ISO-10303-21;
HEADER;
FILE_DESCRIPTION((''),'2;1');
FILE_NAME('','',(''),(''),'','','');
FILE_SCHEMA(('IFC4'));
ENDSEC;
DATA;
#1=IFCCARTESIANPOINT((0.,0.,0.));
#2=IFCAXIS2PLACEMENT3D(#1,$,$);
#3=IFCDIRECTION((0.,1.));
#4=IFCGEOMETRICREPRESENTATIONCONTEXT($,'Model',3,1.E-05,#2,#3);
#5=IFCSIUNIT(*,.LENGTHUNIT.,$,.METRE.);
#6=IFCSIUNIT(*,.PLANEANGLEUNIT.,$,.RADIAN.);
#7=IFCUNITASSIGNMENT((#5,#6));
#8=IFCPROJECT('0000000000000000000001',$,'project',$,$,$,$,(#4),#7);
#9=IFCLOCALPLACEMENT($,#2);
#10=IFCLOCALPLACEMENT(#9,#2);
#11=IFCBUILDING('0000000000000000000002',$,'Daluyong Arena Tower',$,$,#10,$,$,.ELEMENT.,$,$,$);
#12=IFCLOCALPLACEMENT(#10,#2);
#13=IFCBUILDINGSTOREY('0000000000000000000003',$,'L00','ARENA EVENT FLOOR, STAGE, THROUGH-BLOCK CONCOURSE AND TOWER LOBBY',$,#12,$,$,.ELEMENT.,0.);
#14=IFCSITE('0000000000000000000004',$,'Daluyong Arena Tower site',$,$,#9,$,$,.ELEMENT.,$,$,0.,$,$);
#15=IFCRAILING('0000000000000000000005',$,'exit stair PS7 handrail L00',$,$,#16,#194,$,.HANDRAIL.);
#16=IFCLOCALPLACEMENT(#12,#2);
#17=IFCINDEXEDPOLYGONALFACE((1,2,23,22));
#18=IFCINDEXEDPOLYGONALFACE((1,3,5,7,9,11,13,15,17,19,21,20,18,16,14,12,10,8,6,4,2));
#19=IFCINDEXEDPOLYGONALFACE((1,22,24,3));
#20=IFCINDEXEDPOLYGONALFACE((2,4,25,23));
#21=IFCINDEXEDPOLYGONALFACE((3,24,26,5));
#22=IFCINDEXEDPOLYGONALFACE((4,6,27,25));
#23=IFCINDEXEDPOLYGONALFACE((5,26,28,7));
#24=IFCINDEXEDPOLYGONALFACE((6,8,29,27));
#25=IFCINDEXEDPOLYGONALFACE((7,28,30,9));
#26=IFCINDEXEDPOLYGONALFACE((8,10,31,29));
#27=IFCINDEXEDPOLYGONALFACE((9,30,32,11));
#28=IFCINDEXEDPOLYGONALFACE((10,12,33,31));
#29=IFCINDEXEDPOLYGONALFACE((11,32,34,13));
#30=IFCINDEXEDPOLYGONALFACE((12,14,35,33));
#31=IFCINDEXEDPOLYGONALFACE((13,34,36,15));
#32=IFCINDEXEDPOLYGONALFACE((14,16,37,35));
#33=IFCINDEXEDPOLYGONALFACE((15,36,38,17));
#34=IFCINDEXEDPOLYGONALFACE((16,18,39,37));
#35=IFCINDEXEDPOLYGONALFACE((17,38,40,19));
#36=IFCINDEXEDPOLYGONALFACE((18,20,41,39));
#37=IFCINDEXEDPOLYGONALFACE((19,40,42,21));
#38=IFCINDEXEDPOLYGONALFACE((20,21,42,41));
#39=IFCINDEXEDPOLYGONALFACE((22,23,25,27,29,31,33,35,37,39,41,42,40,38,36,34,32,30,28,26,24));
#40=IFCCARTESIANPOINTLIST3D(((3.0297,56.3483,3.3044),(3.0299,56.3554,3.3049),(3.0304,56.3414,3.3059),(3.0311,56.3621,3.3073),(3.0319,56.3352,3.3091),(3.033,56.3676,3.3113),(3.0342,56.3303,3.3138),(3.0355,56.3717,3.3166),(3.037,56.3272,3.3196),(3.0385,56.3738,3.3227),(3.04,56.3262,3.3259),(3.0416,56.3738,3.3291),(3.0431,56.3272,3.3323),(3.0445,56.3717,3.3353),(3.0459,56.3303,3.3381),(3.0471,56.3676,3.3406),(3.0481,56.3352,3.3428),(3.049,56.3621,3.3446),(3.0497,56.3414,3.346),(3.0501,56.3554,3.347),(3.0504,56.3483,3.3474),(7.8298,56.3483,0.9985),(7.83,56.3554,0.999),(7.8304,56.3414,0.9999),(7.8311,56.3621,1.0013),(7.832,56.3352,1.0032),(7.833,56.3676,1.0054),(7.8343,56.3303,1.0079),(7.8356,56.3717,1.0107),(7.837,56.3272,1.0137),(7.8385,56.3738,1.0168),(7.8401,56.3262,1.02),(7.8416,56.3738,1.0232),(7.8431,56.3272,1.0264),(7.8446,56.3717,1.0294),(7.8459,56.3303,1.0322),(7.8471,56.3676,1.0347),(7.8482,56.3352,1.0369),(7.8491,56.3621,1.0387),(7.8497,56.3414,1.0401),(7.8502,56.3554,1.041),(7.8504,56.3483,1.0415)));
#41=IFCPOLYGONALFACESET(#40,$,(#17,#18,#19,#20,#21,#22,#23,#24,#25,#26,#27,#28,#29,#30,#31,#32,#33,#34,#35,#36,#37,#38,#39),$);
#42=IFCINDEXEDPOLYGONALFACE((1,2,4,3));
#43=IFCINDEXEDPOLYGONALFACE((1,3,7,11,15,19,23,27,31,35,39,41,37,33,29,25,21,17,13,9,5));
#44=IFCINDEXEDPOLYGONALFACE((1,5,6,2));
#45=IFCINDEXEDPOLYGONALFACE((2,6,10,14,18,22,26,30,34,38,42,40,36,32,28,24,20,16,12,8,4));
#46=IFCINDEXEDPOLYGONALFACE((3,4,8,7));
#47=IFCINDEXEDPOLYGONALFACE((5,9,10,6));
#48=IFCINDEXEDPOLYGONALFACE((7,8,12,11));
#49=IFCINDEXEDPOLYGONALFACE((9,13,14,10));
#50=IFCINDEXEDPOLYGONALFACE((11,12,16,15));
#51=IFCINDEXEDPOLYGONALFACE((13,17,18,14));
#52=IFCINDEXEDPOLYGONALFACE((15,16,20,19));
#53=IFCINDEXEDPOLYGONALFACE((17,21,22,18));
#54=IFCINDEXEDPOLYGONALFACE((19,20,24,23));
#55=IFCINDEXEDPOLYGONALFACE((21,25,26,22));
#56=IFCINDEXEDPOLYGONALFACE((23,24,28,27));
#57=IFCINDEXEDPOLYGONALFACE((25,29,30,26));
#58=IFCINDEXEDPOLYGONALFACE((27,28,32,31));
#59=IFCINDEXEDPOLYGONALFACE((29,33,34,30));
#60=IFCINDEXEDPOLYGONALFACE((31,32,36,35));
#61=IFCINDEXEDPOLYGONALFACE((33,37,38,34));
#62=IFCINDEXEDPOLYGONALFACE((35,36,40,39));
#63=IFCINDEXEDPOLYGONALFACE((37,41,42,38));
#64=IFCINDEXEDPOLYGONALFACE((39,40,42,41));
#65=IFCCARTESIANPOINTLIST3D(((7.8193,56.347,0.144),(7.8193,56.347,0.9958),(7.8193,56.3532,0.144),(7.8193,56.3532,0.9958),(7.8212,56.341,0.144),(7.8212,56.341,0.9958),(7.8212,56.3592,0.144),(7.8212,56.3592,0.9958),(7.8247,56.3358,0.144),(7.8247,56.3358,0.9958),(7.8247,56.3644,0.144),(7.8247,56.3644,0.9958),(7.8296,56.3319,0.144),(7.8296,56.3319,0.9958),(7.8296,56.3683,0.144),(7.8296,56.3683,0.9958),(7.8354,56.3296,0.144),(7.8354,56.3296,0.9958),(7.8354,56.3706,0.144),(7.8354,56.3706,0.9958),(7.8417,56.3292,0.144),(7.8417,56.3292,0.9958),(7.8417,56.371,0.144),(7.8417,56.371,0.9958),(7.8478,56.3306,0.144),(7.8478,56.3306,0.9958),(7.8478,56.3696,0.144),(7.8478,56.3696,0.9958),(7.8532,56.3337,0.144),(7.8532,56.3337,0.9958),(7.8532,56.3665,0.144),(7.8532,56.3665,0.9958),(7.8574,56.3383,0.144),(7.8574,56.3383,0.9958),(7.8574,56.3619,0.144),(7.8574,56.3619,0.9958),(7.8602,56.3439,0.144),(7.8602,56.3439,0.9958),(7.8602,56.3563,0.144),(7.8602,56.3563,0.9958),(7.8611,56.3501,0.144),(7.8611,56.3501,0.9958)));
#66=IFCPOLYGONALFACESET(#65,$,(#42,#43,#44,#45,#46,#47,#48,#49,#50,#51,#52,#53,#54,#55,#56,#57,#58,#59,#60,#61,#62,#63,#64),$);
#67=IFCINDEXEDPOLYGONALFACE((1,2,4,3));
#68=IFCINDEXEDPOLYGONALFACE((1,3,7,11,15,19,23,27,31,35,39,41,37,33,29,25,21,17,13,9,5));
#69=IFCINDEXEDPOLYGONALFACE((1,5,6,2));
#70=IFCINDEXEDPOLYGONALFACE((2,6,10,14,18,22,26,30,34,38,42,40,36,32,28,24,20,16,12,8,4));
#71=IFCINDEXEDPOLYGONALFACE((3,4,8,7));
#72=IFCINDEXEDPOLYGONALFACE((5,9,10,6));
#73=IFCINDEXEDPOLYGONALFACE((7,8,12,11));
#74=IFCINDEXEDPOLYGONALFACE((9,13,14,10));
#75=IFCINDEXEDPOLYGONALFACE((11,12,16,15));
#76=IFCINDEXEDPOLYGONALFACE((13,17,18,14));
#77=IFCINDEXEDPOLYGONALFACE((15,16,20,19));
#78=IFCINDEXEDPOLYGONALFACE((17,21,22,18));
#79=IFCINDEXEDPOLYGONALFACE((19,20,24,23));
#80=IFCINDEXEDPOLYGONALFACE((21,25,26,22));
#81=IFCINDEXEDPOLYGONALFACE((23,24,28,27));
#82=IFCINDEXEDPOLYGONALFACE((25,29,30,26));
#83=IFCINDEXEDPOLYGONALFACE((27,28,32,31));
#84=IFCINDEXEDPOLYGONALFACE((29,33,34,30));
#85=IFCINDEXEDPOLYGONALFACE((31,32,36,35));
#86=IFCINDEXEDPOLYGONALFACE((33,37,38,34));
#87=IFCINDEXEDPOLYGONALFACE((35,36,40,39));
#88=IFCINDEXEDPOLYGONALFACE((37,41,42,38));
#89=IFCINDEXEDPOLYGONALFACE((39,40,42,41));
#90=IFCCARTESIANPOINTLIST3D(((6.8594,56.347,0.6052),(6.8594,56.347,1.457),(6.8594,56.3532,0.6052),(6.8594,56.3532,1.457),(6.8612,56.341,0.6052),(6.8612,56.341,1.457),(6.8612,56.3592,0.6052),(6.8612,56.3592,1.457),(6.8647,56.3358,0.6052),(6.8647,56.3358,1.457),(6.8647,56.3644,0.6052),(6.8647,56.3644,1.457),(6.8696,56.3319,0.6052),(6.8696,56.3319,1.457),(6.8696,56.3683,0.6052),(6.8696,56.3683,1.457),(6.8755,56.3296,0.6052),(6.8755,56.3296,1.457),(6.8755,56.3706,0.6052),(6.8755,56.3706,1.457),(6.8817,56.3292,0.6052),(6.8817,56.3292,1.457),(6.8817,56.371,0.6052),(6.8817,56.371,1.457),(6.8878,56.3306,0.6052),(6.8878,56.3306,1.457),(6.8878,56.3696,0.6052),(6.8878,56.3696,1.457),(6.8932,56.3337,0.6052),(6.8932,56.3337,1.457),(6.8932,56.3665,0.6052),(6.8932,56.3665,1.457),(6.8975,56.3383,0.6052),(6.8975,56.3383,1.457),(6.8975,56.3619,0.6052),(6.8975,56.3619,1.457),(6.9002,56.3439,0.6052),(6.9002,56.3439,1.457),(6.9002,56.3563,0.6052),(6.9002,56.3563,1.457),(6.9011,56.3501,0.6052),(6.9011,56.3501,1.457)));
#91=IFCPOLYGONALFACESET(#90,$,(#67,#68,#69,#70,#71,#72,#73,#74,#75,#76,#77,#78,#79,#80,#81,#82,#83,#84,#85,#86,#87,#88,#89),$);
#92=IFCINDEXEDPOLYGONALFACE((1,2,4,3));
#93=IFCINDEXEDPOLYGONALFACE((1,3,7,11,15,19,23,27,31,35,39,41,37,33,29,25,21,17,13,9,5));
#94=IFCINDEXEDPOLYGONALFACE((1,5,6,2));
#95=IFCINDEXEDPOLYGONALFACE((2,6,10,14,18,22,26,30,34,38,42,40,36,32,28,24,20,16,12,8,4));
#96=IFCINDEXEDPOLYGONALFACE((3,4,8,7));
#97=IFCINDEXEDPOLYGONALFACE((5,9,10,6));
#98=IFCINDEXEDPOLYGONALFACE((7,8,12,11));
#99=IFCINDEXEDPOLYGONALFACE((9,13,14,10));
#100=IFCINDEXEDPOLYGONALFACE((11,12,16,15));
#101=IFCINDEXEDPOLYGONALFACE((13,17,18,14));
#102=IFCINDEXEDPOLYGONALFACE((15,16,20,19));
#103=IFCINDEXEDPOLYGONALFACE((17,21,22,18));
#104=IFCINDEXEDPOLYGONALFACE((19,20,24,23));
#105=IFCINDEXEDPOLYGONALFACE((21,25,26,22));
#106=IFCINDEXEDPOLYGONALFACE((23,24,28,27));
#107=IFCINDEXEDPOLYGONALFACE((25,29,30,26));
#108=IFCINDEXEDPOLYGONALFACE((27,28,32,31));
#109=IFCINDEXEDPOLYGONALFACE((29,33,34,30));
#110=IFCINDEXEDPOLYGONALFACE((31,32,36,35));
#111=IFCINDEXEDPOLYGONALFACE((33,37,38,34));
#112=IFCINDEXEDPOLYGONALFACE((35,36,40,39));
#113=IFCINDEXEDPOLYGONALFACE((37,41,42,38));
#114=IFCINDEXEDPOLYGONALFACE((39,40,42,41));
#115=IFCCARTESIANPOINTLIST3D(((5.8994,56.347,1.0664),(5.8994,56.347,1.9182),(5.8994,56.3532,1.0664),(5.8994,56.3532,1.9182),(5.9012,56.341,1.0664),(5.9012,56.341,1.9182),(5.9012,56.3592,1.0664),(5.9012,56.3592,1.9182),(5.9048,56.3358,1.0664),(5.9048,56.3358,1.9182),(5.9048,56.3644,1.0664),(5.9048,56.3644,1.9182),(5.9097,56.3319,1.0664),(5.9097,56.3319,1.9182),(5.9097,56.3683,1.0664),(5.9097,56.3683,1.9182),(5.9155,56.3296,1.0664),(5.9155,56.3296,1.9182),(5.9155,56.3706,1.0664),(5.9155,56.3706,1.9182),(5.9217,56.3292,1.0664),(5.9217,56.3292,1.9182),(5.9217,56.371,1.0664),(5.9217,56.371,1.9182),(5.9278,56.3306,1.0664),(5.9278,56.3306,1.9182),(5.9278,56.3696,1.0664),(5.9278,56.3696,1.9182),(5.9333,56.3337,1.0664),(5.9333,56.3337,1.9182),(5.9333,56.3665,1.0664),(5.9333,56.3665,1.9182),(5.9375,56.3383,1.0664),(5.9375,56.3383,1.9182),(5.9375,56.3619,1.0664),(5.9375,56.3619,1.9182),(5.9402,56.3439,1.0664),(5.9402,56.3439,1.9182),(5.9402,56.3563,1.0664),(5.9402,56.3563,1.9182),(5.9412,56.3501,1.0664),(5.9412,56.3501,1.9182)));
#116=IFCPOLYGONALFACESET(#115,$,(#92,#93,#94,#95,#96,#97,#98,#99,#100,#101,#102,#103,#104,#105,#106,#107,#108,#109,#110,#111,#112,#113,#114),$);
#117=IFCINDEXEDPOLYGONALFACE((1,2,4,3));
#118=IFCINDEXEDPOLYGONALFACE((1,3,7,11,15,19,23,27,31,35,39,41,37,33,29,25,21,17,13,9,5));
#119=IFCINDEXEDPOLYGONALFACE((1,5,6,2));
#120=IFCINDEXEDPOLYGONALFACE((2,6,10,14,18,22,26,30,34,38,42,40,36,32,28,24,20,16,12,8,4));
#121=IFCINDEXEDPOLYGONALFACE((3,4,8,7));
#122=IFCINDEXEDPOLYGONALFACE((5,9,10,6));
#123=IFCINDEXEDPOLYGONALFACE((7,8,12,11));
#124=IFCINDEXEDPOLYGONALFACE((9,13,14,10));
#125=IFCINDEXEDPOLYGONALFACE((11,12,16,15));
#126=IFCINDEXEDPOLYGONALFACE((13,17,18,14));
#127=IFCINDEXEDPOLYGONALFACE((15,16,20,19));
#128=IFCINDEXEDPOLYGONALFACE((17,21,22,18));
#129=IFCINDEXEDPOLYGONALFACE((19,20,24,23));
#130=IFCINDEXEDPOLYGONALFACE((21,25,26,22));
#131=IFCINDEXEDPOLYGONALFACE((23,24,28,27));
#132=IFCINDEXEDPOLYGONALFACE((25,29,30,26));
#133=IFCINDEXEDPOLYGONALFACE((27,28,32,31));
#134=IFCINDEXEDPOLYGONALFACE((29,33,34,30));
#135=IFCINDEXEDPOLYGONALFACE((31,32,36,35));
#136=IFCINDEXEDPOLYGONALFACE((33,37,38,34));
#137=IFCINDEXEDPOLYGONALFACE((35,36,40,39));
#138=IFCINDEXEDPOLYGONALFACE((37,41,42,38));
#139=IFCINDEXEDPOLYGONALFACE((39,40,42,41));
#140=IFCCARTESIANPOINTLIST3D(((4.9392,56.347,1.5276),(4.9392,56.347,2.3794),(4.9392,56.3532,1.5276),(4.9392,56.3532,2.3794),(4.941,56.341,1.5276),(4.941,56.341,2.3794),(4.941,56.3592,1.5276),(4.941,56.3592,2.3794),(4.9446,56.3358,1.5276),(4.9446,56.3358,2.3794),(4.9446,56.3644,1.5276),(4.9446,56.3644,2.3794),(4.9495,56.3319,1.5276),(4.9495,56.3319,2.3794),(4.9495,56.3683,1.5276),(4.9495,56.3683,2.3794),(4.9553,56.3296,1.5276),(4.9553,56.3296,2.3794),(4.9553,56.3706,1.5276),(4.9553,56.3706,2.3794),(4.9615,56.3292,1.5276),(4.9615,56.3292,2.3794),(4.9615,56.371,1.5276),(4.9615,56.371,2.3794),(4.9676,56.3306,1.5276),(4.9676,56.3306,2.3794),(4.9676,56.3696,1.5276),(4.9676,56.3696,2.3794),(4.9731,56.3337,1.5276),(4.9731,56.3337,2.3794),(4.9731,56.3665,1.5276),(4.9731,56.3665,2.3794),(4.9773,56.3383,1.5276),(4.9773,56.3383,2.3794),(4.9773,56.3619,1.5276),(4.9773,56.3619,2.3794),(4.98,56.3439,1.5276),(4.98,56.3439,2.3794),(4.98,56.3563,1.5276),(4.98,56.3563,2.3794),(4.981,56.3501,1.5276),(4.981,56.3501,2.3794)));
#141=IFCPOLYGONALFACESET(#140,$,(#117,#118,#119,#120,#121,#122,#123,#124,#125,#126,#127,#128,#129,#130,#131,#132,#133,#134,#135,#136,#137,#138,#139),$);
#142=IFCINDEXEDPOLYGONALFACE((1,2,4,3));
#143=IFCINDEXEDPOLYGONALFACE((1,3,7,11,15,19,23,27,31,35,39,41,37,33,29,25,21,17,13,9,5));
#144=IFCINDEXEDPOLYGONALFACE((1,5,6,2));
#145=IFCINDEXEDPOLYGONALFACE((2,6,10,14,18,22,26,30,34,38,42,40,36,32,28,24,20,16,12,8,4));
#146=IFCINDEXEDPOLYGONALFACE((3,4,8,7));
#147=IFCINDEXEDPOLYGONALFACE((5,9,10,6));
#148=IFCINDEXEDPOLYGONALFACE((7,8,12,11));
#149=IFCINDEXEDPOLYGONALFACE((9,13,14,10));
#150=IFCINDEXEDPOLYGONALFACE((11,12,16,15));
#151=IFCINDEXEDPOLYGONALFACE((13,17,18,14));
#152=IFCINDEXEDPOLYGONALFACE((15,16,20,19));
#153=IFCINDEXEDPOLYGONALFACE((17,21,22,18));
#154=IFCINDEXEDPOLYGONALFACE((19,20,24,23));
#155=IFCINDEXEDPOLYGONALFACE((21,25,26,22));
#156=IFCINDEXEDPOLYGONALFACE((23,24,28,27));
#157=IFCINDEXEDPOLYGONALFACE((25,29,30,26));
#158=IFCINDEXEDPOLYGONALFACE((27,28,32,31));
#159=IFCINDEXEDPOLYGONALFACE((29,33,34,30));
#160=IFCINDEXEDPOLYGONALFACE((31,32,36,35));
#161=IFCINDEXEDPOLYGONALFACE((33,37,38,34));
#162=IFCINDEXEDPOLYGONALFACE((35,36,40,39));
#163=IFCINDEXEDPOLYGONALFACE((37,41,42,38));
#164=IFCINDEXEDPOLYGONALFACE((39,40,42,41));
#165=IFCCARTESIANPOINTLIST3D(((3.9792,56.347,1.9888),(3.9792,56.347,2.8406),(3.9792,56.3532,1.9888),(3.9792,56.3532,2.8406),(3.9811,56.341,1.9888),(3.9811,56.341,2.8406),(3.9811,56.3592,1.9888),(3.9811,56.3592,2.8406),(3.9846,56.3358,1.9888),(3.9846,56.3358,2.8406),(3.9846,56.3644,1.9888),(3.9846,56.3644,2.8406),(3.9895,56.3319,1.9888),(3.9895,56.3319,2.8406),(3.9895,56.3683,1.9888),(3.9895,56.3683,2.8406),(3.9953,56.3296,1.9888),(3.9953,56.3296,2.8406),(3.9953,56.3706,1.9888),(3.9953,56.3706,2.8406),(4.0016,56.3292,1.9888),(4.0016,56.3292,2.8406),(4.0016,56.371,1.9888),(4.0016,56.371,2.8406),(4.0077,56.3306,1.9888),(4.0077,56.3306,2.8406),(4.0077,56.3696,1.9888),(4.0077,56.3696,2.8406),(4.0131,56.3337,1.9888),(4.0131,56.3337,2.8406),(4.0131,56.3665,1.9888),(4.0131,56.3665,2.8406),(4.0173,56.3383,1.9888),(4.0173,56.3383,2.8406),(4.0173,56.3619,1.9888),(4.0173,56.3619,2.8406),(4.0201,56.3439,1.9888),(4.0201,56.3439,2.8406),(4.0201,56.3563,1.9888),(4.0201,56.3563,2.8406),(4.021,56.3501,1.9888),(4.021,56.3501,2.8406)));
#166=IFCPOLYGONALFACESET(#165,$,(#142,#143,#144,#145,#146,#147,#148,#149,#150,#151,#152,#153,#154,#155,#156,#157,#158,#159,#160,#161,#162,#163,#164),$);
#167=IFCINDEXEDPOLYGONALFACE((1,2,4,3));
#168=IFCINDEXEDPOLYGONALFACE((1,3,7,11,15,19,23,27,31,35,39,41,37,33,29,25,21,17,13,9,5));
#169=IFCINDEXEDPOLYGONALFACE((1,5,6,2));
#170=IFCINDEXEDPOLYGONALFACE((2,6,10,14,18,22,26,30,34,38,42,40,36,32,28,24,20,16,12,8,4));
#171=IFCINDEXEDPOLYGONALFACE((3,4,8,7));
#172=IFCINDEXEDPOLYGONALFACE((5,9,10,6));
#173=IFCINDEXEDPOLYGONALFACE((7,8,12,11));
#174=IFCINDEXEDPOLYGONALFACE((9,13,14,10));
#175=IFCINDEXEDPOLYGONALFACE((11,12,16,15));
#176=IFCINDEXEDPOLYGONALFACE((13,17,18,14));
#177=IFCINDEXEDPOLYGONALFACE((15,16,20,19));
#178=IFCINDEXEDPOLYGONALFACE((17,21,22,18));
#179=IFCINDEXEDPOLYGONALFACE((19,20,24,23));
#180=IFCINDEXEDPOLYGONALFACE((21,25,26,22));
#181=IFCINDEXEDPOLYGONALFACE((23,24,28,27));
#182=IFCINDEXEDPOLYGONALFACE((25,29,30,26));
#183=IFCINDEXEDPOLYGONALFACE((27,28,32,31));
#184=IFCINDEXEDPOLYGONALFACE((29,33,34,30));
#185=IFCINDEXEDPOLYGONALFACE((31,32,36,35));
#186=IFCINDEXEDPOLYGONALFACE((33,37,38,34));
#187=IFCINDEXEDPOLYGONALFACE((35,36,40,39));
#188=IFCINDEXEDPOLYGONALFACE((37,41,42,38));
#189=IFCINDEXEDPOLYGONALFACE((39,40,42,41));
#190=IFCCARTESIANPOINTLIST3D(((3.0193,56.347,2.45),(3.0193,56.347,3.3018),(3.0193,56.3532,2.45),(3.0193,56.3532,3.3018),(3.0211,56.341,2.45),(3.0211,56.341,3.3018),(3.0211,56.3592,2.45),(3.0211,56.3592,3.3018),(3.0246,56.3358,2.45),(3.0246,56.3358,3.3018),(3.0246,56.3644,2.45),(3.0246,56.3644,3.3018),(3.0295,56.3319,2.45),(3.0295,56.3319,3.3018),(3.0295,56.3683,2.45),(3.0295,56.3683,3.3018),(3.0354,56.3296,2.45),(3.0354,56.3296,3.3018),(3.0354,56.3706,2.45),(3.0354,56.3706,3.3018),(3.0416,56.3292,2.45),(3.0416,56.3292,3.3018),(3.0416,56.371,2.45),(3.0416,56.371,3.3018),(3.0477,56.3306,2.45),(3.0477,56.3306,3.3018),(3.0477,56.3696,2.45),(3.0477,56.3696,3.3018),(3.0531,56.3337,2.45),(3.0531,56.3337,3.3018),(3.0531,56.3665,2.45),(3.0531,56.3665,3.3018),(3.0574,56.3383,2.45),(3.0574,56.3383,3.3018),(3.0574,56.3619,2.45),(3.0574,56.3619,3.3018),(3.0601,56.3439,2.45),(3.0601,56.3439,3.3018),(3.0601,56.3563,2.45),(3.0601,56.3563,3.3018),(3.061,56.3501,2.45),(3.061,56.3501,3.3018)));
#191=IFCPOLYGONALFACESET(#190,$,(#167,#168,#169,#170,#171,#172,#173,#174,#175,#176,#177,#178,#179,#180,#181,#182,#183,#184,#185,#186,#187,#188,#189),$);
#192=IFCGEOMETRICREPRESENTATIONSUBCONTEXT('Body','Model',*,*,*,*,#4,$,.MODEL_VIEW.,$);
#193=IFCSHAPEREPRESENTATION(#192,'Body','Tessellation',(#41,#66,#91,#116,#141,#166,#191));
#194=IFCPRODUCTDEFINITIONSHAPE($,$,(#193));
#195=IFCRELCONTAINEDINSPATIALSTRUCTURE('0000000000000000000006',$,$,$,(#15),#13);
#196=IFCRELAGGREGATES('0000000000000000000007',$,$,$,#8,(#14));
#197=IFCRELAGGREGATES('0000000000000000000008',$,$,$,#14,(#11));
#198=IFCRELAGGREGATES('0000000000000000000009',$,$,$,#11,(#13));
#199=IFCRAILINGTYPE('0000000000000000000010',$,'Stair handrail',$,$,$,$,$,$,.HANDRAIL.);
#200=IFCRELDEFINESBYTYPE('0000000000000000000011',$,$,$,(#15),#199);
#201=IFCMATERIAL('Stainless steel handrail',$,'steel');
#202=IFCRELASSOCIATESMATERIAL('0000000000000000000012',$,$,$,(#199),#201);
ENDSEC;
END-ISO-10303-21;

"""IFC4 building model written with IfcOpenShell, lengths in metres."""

from ifc_helpers import new_model, si_unit, direction, frame, origin, origin_2d, place, context, subcontext, project, spatial, circle, extrude, material, type_object, element, save


model = new_model("IFC4")

# Units and contexts
model_context = context("Model", 3, precision=1e-05, world=origin(), true_north=direction((0.0, 1.0)))
body_context = subcontext(model_context, "Body", "Model", "MODEL_VIEW")
ifc_project = project(units=[si_unit("LENGTHUNIT", "METRE"), si_unit("PLANEANGLEUNIT", "RADIAN")], contexts=[model_context])

# Site, building, storey
site_placement = place(None, origin())
site = spatial("IfcSite", under=ifc_project, at=site_placement, Name="Daluyong Arena Tower site", CompositionType="ELEMENT", RefElevation=0.0)
building_placement = place(site_placement, origin())
building = spatial("IfcBuilding", under=site, at=building_placement, Name="Daluyong Arena Tower", CompositionType="ELEMENT")
storey_placement = place(building_placement, origin())
storey = spatial("IfcBuildingStorey", under=building, at=storey_placement, Name="L00", Description="ARENA EVENT FLOOR, STAGE, THROUGH-BLOCK CONCOURSE AND TOWER LOBBY", CompositionType="ELEMENT", Elevation=0.0)

# Railing
ifc_material_1 = material(Name="Stainless steel handrail", Category="steel")
railing_type_1 = type_object("IfcRailingType", Name="Stair handrail", PredefinedType="HANDRAIL", material=ifc_material_1)
railing_1_placement = place(storey_placement, frame((7.8401, 56.3501, 0.144)))
element("IfcRailing", 1, at=railing_1_placement, inside=storey, type_object=railing_type_1, Name="exit stair PS7 handrail L00", PredefinedType="HANDRAIL", context=body_context, shape_type="SweptSolid", body=[
    extrude(circle(Radius=0.0239, at=origin_2d()), frame((0.0, 0.0, 0.876), z_axis=(-0.901385, 0.0, 0.433019), x_axis=(0.0, -1.0, 0.0)), (0.0, 0.0, 1.0), 5.3252),
    extrude(circle(Radius=0.021, at=origin_2d()), origin(), (0.0, 0.0, 1.0), 0.8518),
    extrude(circle(Radius=0.021, at=origin_2d()), frame((-0.96, 0.0, 0.4612)), (0.0, 0.0, 1.0), 0.8518),
    extrude(circle(Radius=0.021, at=origin_2d()), frame((-1.9199, 0.0, 0.9224)), (0.0, 0.0, 1.0), 0.8518),
    extrude(circle(Radius=0.021, at=origin_2d()), frame((-2.8801, 0.0, 1.3835)), (0.0, 0.0, 1.0), 0.8518),
    extrude(circle(Radius=0.021, at=origin_2d()), frame((-3.8401, 0.0, 1.8447)), (0.0, 0.0, 1.0), 0.8518),
    extrude(circle(Radius=0.021, at=origin_2d()), frame((-4.8, 0.0, 2.3059)), (0.0, 0.0, 1.0), 0.8518),
])

save(model, "model.ifc")
